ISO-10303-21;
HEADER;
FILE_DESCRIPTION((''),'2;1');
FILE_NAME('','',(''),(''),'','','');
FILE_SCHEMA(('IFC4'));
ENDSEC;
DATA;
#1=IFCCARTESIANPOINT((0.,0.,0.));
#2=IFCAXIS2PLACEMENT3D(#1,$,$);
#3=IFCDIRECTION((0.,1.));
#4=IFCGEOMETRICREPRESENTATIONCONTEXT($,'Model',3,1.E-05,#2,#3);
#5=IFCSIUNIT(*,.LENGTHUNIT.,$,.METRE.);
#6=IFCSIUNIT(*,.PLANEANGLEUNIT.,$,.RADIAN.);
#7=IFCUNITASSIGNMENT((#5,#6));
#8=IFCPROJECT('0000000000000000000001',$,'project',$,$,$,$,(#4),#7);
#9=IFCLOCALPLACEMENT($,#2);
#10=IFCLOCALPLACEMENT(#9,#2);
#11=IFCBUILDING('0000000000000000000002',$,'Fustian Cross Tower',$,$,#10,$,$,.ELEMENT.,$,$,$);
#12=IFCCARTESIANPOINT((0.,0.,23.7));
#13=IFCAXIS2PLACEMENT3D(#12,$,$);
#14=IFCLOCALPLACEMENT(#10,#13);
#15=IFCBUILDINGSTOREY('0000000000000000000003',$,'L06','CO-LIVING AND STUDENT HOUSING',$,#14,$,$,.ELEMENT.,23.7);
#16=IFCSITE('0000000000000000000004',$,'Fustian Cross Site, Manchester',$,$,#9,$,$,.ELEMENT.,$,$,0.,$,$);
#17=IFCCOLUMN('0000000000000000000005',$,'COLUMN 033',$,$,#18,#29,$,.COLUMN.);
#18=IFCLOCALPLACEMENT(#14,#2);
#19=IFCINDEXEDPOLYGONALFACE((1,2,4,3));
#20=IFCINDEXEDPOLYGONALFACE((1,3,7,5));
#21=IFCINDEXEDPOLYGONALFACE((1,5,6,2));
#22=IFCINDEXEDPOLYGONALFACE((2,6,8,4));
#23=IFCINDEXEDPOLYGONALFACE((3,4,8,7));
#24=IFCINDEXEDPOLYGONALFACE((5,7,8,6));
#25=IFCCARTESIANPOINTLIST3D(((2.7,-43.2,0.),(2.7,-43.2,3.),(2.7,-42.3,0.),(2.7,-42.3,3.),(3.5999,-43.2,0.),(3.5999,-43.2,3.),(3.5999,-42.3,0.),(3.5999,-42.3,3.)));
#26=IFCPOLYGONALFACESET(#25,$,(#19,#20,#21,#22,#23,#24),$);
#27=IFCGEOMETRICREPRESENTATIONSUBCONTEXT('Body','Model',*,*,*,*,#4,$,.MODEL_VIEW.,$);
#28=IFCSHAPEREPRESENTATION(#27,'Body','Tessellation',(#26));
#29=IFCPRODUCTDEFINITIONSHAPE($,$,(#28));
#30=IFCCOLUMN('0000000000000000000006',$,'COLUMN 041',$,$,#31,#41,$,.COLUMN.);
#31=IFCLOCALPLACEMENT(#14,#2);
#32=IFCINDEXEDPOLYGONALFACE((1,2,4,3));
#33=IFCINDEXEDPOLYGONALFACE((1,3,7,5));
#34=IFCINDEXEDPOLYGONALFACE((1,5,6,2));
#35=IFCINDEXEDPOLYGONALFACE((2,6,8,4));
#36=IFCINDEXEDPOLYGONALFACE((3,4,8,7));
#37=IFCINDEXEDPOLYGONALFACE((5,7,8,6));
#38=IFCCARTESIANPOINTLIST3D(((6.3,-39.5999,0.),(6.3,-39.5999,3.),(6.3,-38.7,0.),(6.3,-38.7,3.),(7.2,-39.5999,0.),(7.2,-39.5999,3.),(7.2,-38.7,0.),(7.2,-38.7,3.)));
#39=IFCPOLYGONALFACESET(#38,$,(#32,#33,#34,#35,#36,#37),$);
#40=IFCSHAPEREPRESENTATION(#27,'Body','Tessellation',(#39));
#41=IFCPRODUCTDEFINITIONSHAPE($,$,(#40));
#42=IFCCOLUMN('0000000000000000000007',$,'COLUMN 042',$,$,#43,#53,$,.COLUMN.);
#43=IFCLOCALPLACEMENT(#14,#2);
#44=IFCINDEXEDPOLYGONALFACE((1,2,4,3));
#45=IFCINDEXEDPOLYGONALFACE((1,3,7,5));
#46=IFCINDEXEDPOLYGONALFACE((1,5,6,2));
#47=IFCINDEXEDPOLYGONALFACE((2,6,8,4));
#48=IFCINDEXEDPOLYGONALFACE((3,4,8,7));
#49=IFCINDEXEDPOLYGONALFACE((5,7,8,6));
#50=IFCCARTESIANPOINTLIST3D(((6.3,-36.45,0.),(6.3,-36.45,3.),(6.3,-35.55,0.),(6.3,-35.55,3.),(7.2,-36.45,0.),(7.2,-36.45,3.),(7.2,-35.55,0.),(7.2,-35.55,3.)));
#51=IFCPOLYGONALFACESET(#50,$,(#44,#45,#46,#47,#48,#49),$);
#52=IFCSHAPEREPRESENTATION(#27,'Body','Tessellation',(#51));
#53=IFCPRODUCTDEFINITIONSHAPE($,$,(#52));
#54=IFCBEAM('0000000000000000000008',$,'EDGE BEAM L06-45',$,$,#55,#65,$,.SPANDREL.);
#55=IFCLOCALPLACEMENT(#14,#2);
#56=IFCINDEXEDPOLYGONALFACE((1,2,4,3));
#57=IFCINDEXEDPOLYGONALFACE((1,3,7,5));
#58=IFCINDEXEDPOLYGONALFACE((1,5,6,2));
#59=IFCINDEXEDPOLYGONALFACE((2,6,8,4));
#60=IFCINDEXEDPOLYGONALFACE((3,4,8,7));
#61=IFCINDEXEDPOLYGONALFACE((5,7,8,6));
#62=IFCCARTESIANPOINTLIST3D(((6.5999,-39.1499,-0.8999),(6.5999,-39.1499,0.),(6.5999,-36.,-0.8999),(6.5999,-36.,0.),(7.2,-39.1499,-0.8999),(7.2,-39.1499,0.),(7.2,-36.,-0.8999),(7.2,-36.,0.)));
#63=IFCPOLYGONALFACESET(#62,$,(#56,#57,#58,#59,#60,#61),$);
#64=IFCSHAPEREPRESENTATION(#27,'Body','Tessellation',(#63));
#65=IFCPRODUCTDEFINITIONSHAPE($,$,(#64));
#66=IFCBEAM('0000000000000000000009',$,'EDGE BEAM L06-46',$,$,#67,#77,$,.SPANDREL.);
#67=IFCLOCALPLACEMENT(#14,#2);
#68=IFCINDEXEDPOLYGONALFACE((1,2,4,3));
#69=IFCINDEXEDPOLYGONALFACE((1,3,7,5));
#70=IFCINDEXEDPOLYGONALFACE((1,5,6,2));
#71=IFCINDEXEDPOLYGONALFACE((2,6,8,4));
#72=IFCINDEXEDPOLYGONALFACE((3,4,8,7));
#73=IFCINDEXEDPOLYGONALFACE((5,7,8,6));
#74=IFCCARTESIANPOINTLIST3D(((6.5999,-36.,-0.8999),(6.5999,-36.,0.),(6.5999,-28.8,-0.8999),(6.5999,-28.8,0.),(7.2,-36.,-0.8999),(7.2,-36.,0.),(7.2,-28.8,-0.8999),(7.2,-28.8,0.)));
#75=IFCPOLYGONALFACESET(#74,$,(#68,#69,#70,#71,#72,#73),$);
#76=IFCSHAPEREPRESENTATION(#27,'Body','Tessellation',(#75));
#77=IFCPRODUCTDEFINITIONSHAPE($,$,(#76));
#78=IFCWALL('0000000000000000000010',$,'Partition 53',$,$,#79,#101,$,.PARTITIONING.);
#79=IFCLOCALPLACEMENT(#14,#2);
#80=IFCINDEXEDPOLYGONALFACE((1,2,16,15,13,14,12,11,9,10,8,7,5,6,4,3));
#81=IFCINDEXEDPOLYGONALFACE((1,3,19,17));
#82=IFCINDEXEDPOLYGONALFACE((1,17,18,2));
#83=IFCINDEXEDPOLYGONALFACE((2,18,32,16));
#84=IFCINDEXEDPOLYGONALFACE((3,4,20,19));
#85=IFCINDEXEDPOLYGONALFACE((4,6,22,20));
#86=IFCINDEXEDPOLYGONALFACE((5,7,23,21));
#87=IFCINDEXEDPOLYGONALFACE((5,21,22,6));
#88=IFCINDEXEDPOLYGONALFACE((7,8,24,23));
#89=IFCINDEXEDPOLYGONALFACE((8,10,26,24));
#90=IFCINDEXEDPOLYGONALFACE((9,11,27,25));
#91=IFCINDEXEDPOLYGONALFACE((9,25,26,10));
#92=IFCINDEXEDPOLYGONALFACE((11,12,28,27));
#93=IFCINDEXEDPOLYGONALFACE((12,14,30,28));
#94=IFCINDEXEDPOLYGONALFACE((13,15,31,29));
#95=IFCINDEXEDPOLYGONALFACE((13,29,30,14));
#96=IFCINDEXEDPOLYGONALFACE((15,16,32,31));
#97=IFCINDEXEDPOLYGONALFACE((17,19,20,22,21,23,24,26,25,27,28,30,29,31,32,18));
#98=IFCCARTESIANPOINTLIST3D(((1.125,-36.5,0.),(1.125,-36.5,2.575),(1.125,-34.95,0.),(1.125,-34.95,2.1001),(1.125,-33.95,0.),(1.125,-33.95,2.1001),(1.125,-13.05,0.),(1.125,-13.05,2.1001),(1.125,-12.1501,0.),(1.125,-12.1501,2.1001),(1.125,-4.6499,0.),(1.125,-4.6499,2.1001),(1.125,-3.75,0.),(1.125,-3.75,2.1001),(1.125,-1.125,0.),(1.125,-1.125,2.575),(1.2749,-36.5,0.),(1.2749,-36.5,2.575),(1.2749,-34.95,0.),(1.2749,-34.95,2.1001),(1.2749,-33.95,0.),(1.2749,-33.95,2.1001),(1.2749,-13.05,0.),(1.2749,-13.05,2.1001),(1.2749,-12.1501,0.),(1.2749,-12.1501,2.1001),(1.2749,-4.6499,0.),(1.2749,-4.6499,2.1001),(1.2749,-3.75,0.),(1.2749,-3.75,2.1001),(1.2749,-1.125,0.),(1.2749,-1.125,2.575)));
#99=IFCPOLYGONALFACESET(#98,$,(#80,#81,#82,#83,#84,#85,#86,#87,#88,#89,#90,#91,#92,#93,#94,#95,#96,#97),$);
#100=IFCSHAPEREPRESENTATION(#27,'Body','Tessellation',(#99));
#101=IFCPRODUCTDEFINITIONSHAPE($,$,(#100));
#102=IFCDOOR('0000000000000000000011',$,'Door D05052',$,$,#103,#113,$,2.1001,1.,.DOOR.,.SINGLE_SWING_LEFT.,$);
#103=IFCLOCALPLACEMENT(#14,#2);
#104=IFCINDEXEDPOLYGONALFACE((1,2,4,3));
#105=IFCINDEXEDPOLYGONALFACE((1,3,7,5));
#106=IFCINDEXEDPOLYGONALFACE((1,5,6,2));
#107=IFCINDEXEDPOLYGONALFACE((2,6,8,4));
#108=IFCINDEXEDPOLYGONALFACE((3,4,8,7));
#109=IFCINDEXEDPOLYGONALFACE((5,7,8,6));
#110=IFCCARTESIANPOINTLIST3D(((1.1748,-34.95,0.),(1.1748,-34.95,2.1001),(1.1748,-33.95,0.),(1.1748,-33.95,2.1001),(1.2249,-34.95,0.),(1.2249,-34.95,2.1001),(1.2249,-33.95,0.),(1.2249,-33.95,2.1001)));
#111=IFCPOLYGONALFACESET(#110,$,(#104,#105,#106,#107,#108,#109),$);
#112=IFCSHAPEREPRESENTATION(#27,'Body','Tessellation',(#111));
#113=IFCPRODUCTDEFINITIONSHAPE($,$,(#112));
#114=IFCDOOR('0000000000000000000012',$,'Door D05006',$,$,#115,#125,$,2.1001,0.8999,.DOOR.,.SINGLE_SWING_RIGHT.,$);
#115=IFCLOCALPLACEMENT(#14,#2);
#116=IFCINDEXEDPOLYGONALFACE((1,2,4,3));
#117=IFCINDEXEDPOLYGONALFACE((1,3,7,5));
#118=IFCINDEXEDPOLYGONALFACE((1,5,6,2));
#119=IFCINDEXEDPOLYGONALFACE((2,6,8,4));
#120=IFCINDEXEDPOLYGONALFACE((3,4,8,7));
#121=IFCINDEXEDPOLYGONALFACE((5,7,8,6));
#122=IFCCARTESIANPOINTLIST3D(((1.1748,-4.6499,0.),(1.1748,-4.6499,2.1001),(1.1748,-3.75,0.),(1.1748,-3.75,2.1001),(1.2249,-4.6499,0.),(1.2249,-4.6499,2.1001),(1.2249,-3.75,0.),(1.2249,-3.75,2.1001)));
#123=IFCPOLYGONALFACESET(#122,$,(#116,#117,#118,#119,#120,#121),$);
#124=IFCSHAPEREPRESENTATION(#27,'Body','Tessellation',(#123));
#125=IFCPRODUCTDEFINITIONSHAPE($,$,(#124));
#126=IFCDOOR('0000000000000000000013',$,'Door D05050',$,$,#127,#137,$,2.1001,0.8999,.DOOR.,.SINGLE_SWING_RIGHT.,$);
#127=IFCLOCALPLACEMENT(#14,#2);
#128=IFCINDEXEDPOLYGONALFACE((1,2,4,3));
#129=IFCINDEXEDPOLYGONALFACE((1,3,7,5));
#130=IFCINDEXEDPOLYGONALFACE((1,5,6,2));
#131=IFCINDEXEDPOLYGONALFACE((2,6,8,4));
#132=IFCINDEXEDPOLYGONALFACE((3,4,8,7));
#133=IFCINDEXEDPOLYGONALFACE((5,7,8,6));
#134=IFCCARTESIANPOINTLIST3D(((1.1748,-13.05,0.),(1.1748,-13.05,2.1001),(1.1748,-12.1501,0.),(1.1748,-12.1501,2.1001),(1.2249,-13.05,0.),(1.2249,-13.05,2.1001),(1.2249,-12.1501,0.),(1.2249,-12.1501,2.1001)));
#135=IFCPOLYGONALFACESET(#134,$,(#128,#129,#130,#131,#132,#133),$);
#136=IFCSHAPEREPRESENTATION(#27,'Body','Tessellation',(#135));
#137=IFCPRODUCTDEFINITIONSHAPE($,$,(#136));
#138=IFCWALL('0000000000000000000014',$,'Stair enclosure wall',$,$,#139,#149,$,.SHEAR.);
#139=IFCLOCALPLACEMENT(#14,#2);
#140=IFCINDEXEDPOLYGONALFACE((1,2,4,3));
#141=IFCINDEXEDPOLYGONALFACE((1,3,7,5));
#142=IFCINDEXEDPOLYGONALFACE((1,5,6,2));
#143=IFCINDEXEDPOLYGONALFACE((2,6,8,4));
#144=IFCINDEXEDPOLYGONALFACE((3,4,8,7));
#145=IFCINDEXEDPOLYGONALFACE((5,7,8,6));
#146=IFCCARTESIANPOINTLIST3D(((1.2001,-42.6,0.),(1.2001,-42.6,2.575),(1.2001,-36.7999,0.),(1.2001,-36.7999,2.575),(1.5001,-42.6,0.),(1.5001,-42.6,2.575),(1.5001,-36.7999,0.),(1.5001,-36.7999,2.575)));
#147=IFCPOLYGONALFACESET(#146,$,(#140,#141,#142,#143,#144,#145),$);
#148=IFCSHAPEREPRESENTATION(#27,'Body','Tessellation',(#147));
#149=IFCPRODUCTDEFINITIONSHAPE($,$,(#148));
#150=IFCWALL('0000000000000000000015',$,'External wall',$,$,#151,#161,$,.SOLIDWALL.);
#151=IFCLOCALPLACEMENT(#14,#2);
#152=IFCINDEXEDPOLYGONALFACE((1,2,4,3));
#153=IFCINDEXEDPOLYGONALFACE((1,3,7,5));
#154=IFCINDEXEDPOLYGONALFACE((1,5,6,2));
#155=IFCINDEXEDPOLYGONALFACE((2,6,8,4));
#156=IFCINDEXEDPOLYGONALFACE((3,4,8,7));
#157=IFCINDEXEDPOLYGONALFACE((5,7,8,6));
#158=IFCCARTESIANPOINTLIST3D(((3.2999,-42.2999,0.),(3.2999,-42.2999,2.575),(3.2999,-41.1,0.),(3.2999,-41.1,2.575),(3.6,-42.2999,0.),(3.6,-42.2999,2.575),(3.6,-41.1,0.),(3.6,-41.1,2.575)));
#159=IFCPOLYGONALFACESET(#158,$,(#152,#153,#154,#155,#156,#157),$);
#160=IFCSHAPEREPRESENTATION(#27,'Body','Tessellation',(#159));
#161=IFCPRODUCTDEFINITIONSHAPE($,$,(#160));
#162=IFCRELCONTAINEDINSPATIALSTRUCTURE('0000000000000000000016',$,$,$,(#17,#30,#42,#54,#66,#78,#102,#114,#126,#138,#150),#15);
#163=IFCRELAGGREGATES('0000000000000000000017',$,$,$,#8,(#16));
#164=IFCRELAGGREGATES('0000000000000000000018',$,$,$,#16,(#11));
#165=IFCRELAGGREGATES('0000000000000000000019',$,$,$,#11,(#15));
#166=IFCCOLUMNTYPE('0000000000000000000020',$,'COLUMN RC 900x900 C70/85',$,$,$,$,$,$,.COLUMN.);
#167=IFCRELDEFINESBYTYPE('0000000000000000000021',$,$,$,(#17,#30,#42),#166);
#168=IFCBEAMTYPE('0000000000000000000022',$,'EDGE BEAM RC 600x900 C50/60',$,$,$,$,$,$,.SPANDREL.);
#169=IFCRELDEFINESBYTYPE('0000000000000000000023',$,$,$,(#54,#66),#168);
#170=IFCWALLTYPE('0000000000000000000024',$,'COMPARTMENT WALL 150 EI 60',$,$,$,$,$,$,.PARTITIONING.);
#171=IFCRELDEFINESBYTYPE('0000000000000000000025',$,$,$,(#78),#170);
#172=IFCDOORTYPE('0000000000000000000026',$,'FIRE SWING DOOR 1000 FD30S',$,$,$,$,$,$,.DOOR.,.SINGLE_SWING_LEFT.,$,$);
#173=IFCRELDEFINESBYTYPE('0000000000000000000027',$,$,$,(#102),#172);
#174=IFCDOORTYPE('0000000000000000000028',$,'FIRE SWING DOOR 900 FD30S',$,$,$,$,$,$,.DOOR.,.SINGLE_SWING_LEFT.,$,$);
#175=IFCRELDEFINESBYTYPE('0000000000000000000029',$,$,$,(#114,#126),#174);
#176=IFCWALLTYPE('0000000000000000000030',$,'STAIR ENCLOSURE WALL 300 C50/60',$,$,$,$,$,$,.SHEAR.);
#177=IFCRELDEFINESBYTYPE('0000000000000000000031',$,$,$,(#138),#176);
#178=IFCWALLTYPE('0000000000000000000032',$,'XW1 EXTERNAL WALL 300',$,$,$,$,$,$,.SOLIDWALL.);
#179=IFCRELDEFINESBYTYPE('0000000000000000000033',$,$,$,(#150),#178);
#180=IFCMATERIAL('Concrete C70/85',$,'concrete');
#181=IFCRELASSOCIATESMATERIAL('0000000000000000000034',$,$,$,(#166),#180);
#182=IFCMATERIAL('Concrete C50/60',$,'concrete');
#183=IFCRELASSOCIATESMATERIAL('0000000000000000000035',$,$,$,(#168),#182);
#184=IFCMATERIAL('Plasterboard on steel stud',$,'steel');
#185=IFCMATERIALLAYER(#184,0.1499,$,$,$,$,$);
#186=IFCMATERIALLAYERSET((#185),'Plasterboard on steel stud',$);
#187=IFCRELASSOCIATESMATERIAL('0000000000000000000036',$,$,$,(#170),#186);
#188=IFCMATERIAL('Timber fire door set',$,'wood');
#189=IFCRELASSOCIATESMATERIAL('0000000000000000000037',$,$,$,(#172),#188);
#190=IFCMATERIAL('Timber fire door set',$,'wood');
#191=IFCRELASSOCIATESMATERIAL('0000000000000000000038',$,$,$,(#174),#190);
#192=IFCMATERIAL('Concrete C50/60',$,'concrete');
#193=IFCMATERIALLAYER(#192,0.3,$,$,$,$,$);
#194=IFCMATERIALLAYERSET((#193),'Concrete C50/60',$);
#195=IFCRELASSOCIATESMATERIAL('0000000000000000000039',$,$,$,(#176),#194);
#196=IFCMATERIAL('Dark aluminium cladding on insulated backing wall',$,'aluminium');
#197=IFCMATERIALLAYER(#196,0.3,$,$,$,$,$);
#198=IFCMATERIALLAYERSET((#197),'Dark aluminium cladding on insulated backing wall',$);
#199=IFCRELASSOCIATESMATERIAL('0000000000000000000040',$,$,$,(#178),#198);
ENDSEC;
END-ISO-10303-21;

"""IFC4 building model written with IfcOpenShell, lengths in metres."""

from ifc_helpers import new_model, si_unit, direction, frame, frame_2d, origin, origin_2d, place, context, subcontext, project, spatial, rectangle, extrude, material, layer, layer_set, material_profile, profile_set, type_object, element, fill, save


model = new_model("IFC4")

# Units and contexts
model_context = context("Model", 3, precision=1e-05, world=origin(), true_north=direction((0.0, 1.0)))
body_context = subcontext(model_context, "Body", "Model", "MODEL_VIEW")
ifc_project = project(units=[si_unit("LENGTHUNIT", "METRE"), si_unit("PLANEANGLEUNIT", "RADIAN")], contexts=[model_context])

# Site, building, storey
site_placement = place(None, origin())
site = spatial("IfcSite", under=ifc_project, at=site_placement, Name="Fustian Cross Site, Manchester", CompositionType="ELEMENT", RefElevation=0.0)
building_placement = place(site_placement, origin())
building = spatial("IfcBuilding", under=site, at=building_placement, Name="Fustian Cross Tower", CompositionType="ELEMENT")
storey_placement = place(building_placement, frame((0.0, 0.0, 23.7)))
storey = spatial("IfcBuildingStorey", under=building, at=storey_placement, Name="L06", Description="CO-LIVING AND STUDENT HOUSING", CompositionType="ELEMENT", Elevation=23.7)

# Columns
ifc_material_1 = material(Name="Concrete C70/85", Category="concrete")
ifc_material_profile_1 = material_profile(ifc_material_1, rectangle(XDim=0.8999, YDim=0.8999, at=origin_2d()), Name="RC 900x900")
ifc_profile_set_1 = profile_set([ifc_material_profile_1], Name="Concrete C70/85")
column_type = type_object("IfcColumnType", Name="COLUMN RC 900x900 C70/85", PredefinedType="COLUMN", material=ifc_profile_set_1)
for number, where, z_axis, x_axis, name in (
    (1, (3.1499, -42.75, 0.0), (0.0, 0.0, 1.0), (1.0, 0.0, 0.0), "COLUMN 033"),
    (2, (6.75, -39.1499, 0.0), (0.0, 0.0, 1.0), (1.0, 0.0, 0.0), "COLUMN 041"),
    (3, (6.75, -36.0, 0.0), (0.0, 0.0, 1.0), (1.0, 0.0, 0.0), "COLUMN 042"),
):
    element("IfcColumn", number, at=place(storey_placement, frame(where, z_axis=z_axis, x_axis=x_axis)), inside=storey, type_object=column_type, Name=name, PredefinedType="COLUMN", context=body_context, shape_type="SweptSolid", body=[
        extrude(rectangle(XDim=0.8999, YDim=0.8999, at=origin_2d()), origin(), (0.0, 0.0, 1.0), 3.0),
    ])

# Beams
ifc_material_2 = material(Name="Concrete C50/60", Category="concrete")
ifc_material_profile_2 = material_profile(ifc_material_2, rectangle(XDim=0.6001, YDim=0.8999, at=origin_2d()), Name="RC 600x900")
ifc_profile_set_2 = profile_set([ifc_material_profile_2], Name="Concrete C50/60")
beam_type = type_object("IfcBeamType", Name="EDGE BEAM RC 600x900 C50/60", PredefinedType="SPANDREL", material=ifc_profile_set_2)
beam_1_placement = place(storey_placement, frame((6.8999, -39.1499, -0.45), z_axis=(0.0, 1.0, 0.0), x_axis=(-1.0, 0.0, 0.0)))
element("IfcBeam", 4, at=beam_1_placement, inside=storey, type_object=beam_type, Name="EDGE BEAM L06-45", PredefinedType="SPANDREL", context=body_context, shape_type="SweptSolid", body=[
    extrude(rectangle(XDim=0.6001, YDim=0.8999, at=origin_2d()), origin(), (0.0, 0.0, 1.0), 3.1499),
])
beam_2_placement = place(storey_placement, frame((6.8999, -36.0, -0.45), z_axis=(0.0, 1.0, 0.0), x_axis=(-1.0, 0.0, 0.0)))
element("IfcBeam", 5, at=beam_2_placement, inside=storey, type_object=beam_type, Name="EDGE BEAM L06-46", PredefinedType="SPANDREL", context=body_context, shape_type="SweptSolid", body=[
    extrude(rectangle(XDim=0.6001, YDim=0.8999, at=origin_2d()), origin(), (0.0, 0.0, 1.0), 7.2),
])

# Wall, openings, doors
ifc_material_3 = material(Name="Plasterboard on steel stud", Category="steel")
ifc_layer_1 = layer(ifc_material_3, 0.1499)
ifc_layer_set_1 = layer_set([ifc_layer_1], Name="Plasterboard on steel stud")
wall_type_1 = type_object("IfcWallType", Name="COMPARTMENT WALL 150 EI 60", PredefinedType="PARTITIONING", material=ifc_layer_set_1)
wall_1_placement = place(storey_placement, frame((1.2, -36.5, 0.0), z_axis=(0.0, 0.0, 1.0), x_axis=(0.0, 1.0, 0.0)))
wall_1 = element("IfcWall", 6, at=wall_1_placement, inside=storey, type_object=wall_type_1, Name="Partition 53", PredefinedType="PARTITIONING", context=body_context, shape_type="SweptSolid", body=[
    extrude(rectangle(XDim=35.375, YDim=0.1499, at=frame_2d((17.6875, 0.0))), origin(), (0.0, 0.0, 1.0), 2.575),
])
opening_1_placement = place(wall_1_placement, frame((31.8501, 0.0, 0.0)))
opening_1 = element("IfcOpeningElement", 7, at=opening_1_placement, cuts=wall_1, PredefinedType="OPENING", context=body_context, shape_type="SweptSolid", body=[
    extrude(rectangle(XDim=0.8999, YDim=2.1001, at=frame_2d((0.45, 1.05))), frame((0.0, 0.085, 0.0), z_axis=(0.0, -1.0, 0.0), x_axis=(1.0, 0.0, 0.0)), (0.0, 0.0, 1.0), 0.1699),
])
opening_2_placement = place(wall_1_placement, frame((23.45, 0.0, 0.0)))
opening_2 = element("IfcOpeningElement", 8, at=opening_2_placement, cuts=wall_1, PredefinedType="OPENING", context=body_context, shape_type="SweptSolid", body=[
    extrude(rectangle(XDim=0.8999, YDim=2.1001, at=frame_2d((0.45, 1.05))), frame((0.0, 0.085, 0.0), z_axis=(0.0, -1.0, 0.0), x_axis=(1.0, 0.0, 0.0)), (0.0, 0.0, 1.0), 0.1699),
])
opening_3_placement = place(wall_1_placement, frame((1.55, 0.0, 0.0)))
opening_3 = element("IfcOpeningElement", 9, at=opening_3_placement, cuts=wall_1, PredefinedType="OPENING", context=body_context, shape_type="SweptSolid", body=[
    extrude(rectangle(XDim=1.0, YDim=2.1001, at=frame_2d((0.5, 1.05))), frame((0.0, 0.085, 0.0), z_axis=(0.0, -1.0, 0.0), x_axis=(1.0, 0.0, 0.0)), (0.0, 0.0, 1.0), 0.1699),
])
ifc_material_4 = material(Name="Timber fire door set", Category="wood")
door_type_1 = type_object("IfcDoorType", Name="FIRE SWING DOOR 1000 FD30S", OperationType="SINGLE_SWING_LEFT", PredefinedType="DOOR", material=ifc_material_4)
door_1_placement = place(opening_3_placement, frame((1.0, 0.0, 0.0), z_axis=(0.0, 0.0, 1.0), x_axis=(-1.0, 0.0, 0.0)))
door_1 = element("IfcDoor", 10, at=door_1_placement, inside=storey, type_object=door_type_1, Name="Door D05052", OperationType="SINGLE_SWING_LEFT", OverallHeight=2.1001, OverallWidth=1.0, PredefinedType="DOOR", context=body_context, shape_type="SweptSolid", body=[
    extrude(rectangle(XDim=1.0, YDim=2.1001, at=frame_2d((0.5, 1.05))), frame((0.0, 0.0249, 0.0), z_axis=(0.0, -1.0, 0.0), x_axis=(1.0, 0.0, 0.0)), (0.0, 0.0, 1.0), 0.05),
])
fill(opening_3, door_1)
ifc_material_5 = material(Name="Timber fire door set", Category="wood")
door_type_2 = type_object("IfcDoorType", Name="FIRE SWING DOOR 900 FD30S", OperationType="SINGLE_SWING_LEFT", PredefinedType="DOOR", material=ifc_material_5)
door_2_placement = place(opening_1_placement, frame((0.8999, 0.0, 0.0), z_axis=(0.0, 0.0, 1.0), x_axis=(-1.0, 0.0, 0.0)))
door_2 = element("IfcDoor", 11, at=door_2_placement, inside=storey, type_object=door_type_2, Name="Door D05006", OperationType="SINGLE_SWING_RIGHT", OverallHeight=2.1001, OverallWidth=0.8999, PredefinedType="DOOR", context=body_context, shape_type="SweptSolid", body=[
    extrude(rectangle(XDim=0.8999, YDim=2.1001, at=frame_2d((0.45, 1.05))), frame((0.0, 0.0249, 0.0), z_axis=(0.0, -1.0, 0.0), x_axis=(1.0, 0.0, 0.0)), (0.0, 0.0, 1.0), 0.05),
])
fill(opening_1, door_2)
door_3_placement = place(opening_2_placement, frame((0.8999, 0.0, 0.0), z_axis=(0.0, 0.0, 1.0), x_axis=(-1.0, 0.0, 0.0)))
door_3 = element("IfcDoor", 12, at=door_3_placement, inside=storey, type_object=door_type_2, Name="Door D05050", OperationType="SINGLE_SWING_RIGHT", OverallHeight=2.1001, OverallWidth=0.8999, PredefinedType="DOOR", context=body_context, shape_type="SweptSolid", body=[
    extrude(rectangle(XDim=0.8999, YDim=2.1001, at=frame_2d((0.45, 1.05))), frame((0.0, 0.0249, 0.0), z_axis=(0.0, -1.0, 0.0), x_axis=(1.0, 0.0, 0.0)), (0.0, 0.0, 1.0), 0.05),
])
fill(opening_2, door_3)

# Walls
ifc_material_6 = material(Name="Concrete C50/60", Category="concrete")
ifc_layer_2 = layer(ifc_material_6, 0.3)
ifc_layer_set_2 = layer_set([ifc_layer_2], Name="Concrete C50/60")
wall_type_2 = type_object("IfcWallType", Name="STAIR ENCLOSURE WALL 300 C50/60", PredefinedType="SHEAR", material=ifc_layer_set_2)
wall_2_placement = place(storey_placement, frame((1.3501, -36.8, 0.0), z_axis=(0.0, 0.0, 1.0), x_axis=(0.0, -1.0, 0.0)))
element("IfcWall", 13, at=wall_2_placement, inside=storey, type_object=wall_type_2, Name="Stair enclosure wall", PredefinedType="SHEAR", context=body_context, shape_type="SweptSolid", body=[
    extrude(rectangle(XDim=5.8, YDim=0.3, at=frame_2d((2.8999, 0.0))), origin(), (0.0, 0.0, 1.0), 2.575),
])
ifc_material_7 = material(Name="Dark aluminium cladding on insulated backing wall", Category="aluminium")
ifc_layer_3 = layer(ifc_material_7, 0.3)
ifc_layer_set_3 = layer_set([ifc_layer_3], Name="Dark aluminium cladding on insulated backing wall")
wall_type_3 = type_object("IfcWallType", Name="XW1 EXTERNAL WALL 300", PredefinedType="SOLIDWALL", material=ifc_layer_set_3)
wall_3_placement = place(storey_placement, frame((3.45, -42.3, 0.0), z_axis=(0.0, 0.0, 1.0), x_axis=(0.0, 1.0, 0.0)))
element("IfcWall", 14, at=wall_3_placement, inside=storey, type_object=wall_type_3, Name="External wall", PredefinedType="SOLIDWALL", context=body_context, shape_type="SweptSolid", body=[
    extrude(rectangle(XDim=1.2, YDim=0.3, at=frame_2d((0.6001, 0.0))), origin(), (0.0, 0.0, 1.0), 2.575),
])

save(model, "model.ifc")
